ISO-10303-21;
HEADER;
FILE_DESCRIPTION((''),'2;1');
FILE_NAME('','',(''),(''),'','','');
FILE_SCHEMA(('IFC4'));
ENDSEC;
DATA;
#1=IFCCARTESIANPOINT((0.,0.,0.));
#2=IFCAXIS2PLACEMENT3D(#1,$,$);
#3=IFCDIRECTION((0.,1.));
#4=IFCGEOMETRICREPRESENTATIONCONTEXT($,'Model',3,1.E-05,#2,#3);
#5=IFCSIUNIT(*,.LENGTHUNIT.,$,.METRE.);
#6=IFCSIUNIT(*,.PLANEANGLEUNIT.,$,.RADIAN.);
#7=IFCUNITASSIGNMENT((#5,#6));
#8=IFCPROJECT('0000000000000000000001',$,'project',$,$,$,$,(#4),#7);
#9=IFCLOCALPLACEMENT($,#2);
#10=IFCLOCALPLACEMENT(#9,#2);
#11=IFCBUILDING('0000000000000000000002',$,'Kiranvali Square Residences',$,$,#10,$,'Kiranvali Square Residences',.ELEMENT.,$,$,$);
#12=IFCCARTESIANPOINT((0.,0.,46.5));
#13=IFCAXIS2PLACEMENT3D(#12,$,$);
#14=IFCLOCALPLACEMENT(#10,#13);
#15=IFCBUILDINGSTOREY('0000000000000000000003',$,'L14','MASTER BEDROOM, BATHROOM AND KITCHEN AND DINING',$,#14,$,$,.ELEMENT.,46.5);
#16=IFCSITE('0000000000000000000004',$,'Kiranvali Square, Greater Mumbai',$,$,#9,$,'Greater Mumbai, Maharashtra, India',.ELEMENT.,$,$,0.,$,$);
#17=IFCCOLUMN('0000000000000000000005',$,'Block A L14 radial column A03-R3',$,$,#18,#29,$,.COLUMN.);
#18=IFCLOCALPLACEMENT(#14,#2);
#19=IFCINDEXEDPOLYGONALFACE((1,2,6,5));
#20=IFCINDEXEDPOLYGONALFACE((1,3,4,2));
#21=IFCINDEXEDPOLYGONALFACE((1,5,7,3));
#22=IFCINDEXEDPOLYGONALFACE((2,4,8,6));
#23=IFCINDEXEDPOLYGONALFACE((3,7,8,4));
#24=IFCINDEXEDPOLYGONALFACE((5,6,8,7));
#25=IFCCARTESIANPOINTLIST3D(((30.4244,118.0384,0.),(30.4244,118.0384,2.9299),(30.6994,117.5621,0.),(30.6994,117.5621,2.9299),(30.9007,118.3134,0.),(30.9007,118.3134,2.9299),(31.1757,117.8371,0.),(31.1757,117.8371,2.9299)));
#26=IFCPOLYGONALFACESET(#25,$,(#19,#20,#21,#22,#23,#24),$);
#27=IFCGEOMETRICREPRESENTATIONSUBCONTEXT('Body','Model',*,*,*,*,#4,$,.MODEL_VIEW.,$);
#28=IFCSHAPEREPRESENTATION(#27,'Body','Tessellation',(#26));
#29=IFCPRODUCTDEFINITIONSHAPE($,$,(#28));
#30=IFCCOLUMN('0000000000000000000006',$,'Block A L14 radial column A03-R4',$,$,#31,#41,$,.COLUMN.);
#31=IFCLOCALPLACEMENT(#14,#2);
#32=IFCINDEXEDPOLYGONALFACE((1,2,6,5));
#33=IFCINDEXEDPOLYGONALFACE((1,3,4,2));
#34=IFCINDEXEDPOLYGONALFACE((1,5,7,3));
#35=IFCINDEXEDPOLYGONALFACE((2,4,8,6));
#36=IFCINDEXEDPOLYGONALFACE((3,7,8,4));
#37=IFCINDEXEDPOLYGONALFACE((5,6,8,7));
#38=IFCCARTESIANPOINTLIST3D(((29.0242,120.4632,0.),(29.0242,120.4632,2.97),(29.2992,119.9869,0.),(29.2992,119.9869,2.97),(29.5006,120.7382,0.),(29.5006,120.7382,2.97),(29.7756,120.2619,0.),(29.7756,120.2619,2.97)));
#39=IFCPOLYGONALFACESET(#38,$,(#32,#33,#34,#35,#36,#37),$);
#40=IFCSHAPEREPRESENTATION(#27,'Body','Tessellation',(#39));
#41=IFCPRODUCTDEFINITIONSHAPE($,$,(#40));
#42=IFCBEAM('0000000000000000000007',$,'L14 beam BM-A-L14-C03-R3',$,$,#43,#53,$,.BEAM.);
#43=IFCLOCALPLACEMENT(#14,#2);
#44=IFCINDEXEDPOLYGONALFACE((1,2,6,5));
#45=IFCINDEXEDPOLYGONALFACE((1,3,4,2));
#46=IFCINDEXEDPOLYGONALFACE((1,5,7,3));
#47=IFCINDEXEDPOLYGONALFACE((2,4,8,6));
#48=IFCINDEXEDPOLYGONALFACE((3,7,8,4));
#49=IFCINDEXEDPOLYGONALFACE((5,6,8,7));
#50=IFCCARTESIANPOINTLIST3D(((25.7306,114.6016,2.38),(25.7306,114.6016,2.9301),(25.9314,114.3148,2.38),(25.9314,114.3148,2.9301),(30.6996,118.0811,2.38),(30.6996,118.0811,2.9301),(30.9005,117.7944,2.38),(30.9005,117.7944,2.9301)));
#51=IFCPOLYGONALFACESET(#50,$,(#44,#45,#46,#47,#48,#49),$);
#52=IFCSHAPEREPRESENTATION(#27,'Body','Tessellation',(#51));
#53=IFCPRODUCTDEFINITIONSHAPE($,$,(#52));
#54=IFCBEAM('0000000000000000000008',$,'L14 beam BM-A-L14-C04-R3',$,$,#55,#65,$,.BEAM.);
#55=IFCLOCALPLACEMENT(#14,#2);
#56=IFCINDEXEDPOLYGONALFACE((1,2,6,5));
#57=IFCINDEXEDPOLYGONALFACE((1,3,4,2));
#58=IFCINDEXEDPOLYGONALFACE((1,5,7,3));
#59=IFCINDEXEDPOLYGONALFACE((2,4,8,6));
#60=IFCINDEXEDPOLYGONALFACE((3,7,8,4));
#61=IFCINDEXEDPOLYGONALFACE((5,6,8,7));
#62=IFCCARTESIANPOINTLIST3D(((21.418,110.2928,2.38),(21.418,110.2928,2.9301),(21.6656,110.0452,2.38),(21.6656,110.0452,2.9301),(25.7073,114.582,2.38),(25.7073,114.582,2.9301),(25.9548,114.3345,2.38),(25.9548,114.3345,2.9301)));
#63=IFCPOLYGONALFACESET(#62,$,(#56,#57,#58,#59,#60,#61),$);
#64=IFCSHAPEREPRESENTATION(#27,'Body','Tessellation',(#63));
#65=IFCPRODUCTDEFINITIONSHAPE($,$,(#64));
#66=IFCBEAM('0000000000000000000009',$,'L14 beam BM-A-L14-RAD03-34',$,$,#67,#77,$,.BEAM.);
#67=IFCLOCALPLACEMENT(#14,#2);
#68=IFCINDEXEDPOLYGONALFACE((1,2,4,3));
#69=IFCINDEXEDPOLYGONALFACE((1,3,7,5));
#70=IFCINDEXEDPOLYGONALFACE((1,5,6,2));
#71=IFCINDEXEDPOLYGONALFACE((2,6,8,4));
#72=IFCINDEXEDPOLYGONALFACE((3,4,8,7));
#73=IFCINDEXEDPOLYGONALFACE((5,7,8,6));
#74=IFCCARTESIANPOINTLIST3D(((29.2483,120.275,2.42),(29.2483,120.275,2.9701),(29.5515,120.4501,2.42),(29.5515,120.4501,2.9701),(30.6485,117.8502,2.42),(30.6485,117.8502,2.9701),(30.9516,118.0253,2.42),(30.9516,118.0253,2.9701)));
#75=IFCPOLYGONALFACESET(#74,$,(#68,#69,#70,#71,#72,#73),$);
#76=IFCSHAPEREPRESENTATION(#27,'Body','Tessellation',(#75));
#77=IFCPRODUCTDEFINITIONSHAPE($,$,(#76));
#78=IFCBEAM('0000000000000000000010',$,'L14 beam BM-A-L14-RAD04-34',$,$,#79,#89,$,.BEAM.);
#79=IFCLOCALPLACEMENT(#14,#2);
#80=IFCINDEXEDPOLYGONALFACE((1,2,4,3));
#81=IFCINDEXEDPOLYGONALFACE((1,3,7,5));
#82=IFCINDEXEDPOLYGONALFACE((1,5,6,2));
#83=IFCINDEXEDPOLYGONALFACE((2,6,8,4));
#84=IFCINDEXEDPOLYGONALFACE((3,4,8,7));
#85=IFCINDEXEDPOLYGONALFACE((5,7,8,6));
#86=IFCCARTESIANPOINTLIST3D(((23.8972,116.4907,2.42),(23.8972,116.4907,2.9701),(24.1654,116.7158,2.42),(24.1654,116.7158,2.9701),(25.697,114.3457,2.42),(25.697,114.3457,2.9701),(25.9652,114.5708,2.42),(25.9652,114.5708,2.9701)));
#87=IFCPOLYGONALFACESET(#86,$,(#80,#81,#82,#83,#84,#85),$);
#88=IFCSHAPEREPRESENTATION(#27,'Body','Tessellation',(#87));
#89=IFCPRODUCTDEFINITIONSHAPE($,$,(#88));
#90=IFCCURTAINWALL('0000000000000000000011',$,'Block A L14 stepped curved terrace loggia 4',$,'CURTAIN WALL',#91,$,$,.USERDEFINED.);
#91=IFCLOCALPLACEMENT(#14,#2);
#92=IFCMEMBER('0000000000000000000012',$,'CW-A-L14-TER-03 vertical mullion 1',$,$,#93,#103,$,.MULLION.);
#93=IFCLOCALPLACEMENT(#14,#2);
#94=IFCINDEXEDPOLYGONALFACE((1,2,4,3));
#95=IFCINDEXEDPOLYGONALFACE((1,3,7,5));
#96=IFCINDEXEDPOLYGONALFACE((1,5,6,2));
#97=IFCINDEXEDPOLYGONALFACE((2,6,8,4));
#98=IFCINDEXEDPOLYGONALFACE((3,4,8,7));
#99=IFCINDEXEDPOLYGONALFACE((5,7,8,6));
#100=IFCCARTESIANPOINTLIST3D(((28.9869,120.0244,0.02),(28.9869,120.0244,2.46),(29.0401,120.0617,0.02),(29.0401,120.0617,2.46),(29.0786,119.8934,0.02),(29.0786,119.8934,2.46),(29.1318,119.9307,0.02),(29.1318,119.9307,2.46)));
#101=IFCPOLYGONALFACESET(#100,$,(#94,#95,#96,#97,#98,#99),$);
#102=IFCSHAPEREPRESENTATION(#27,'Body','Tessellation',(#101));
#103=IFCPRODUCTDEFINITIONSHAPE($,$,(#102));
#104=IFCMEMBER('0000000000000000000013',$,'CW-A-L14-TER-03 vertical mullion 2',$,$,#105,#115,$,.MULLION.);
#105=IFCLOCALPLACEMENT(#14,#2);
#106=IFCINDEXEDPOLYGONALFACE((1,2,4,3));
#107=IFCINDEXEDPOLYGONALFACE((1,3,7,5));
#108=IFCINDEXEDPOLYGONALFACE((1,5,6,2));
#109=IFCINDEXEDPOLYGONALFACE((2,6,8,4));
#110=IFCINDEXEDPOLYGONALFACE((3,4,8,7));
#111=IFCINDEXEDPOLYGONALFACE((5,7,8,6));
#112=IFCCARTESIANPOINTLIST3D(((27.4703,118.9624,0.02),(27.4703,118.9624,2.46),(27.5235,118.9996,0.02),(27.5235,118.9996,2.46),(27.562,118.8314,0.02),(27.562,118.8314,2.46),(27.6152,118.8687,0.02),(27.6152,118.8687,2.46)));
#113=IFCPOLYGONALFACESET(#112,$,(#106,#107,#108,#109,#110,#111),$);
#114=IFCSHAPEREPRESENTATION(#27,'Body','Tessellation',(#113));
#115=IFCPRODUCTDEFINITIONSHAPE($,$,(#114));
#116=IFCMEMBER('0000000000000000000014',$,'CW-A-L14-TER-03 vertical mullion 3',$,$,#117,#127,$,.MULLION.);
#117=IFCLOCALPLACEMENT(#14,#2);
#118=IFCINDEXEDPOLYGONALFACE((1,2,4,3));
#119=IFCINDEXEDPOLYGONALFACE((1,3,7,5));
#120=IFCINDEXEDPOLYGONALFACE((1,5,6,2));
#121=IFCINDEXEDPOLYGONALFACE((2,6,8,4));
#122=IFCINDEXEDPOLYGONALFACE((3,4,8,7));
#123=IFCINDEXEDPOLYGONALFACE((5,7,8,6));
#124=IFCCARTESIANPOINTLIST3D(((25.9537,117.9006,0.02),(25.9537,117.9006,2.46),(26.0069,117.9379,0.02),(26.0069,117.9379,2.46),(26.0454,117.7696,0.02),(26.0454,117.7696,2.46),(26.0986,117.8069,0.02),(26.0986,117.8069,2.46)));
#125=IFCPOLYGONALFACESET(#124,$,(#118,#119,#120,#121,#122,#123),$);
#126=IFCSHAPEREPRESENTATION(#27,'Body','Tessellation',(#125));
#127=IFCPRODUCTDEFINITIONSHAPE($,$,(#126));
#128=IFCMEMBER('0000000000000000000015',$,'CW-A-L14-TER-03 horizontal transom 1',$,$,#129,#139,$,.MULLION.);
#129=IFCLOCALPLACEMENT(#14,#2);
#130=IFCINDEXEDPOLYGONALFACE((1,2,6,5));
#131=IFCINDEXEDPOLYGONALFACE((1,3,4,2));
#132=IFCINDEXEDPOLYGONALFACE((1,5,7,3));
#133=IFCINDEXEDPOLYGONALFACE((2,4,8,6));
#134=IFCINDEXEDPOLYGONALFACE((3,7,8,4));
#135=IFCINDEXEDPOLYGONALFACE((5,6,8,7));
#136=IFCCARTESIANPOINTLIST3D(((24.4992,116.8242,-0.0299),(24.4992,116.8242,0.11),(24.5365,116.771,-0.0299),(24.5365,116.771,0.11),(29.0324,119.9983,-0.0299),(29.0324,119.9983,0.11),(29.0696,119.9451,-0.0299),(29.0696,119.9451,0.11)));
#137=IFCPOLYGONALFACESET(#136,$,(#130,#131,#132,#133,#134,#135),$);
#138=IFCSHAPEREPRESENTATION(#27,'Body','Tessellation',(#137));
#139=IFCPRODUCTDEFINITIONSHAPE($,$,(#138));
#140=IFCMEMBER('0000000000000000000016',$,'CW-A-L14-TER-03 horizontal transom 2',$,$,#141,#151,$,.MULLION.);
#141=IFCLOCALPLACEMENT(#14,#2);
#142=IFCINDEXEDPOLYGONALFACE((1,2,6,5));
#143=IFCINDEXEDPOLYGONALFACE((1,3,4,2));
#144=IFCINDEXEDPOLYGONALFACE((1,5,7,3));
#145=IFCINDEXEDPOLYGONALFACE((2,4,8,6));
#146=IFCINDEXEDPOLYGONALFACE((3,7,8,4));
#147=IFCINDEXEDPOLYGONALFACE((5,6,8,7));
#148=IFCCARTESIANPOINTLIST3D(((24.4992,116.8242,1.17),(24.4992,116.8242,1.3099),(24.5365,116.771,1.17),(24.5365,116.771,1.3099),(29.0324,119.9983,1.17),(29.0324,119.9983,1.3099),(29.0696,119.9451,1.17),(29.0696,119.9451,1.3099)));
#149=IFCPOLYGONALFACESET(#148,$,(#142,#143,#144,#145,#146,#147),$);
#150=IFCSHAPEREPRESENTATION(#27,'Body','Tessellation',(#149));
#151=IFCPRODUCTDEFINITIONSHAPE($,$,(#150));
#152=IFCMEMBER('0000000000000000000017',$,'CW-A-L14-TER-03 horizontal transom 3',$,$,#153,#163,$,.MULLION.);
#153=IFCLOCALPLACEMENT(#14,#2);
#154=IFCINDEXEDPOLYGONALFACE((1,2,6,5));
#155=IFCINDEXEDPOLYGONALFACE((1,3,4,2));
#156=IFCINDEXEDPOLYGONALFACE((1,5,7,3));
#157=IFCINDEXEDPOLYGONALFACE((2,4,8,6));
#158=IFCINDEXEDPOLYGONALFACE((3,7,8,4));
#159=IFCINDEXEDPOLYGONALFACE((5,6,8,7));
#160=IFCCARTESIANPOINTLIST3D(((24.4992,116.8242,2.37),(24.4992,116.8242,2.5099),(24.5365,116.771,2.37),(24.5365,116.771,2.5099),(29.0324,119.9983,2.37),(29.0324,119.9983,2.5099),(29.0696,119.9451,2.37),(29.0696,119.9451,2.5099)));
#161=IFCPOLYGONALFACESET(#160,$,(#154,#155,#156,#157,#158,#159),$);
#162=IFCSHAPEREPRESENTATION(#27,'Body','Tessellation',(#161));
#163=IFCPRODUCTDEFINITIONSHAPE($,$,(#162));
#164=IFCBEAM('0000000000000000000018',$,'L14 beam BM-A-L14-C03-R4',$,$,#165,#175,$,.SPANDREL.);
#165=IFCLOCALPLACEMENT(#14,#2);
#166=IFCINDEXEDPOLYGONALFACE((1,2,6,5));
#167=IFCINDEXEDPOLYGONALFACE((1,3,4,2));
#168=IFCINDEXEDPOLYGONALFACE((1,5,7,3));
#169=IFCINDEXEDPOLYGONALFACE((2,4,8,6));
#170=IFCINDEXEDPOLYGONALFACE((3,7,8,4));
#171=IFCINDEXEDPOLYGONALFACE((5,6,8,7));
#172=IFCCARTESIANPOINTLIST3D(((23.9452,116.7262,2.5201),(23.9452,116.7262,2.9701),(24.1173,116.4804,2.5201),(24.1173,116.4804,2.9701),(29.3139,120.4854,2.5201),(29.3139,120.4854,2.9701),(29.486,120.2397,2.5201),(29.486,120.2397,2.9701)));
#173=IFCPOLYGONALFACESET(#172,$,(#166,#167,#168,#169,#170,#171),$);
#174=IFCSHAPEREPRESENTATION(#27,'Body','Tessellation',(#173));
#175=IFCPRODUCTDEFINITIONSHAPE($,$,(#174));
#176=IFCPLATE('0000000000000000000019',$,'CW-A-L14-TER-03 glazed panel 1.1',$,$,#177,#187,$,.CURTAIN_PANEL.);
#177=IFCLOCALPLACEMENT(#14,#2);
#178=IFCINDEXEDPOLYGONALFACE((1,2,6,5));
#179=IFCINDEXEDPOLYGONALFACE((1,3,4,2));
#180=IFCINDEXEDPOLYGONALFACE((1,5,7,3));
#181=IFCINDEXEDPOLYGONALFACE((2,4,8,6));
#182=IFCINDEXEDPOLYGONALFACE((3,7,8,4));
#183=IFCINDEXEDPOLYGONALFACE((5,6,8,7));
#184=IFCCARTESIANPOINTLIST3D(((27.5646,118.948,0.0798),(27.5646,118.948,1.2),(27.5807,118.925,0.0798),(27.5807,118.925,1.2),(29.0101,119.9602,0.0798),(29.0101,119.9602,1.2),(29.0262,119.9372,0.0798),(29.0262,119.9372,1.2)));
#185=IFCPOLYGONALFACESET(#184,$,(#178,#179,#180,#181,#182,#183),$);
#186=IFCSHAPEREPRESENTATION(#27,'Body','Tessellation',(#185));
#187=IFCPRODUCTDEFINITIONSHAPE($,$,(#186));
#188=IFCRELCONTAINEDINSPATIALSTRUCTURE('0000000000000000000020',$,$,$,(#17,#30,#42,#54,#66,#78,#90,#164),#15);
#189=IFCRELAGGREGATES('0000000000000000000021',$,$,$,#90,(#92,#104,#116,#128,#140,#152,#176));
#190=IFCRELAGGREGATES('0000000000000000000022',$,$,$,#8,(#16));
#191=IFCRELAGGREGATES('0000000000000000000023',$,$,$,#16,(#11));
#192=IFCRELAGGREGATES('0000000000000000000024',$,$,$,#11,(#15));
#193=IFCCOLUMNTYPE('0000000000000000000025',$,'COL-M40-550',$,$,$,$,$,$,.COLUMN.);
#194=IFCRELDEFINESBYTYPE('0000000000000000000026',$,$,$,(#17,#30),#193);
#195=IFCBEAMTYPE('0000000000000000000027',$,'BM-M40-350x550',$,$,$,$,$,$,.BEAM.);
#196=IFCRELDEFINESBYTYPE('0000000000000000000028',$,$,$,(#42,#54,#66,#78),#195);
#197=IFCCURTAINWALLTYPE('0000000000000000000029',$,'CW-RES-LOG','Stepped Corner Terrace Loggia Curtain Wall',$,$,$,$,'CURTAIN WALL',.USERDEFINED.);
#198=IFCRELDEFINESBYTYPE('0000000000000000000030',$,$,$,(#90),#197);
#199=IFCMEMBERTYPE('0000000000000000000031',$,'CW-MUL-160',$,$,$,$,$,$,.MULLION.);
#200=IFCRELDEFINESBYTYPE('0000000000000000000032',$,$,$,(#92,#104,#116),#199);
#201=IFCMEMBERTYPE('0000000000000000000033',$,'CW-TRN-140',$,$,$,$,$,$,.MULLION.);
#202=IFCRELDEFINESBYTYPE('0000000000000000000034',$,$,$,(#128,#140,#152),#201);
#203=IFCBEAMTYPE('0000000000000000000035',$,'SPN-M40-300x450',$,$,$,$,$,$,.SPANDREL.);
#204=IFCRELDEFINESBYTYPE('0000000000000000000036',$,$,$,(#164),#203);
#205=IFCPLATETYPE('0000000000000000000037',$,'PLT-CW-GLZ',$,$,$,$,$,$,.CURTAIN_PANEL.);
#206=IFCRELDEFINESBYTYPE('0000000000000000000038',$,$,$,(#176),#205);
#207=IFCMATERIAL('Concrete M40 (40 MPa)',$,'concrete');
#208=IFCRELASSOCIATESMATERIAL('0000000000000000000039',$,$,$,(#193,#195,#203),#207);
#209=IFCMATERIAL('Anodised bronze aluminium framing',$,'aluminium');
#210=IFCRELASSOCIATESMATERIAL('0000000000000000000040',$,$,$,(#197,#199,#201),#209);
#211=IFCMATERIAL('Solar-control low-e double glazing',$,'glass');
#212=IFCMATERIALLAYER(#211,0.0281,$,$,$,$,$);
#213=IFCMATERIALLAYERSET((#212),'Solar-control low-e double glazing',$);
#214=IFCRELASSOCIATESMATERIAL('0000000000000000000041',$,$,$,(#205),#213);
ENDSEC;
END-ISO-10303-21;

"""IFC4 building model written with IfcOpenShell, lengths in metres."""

from ifc_helpers import new_model, si_unit, direction, frame, origin, origin_2d, place, context, subcontext, project, spatial, rectangle, extrude, material, layer, layer_set, material_profile, profile_set, type_object, element, aggregate, save


model = new_model("IFC4")

# Units and contexts
model_context = context("Model", 3, precision=1e-05, world=origin(), true_north=direction((0.0, 1.0)))
body_context = subcontext(model_context, "Body", "Model", "MODEL_VIEW")
ifc_project = project(units=[si_unit("LENGTHUNIT", "METRE"), si_unit("PLANEANGLEUNIT", "RADIAN")], contexts=[model_context])

# Site, building, storey
site_placement = place(None, origin())
site = spatial("IfcSite", under=ifc_project, at=site_placement, Name="Kiranvali Square, Greater Mumbai", LongName="Greater Mumbai, Maharashtra, India", CompositionType="ELEMENT", RefElevation=0.0)
building_placement = place(site_placement, origin())
building = spatial("IfcBuilding", under=site, at=building_placement, Name="Kiranvali Square Residences", LongName="Kiranvali Square Residences", CompositionType="ELEMENT")
storey_placement = place(building_placement, frame((0.0, 0.0, 46.5)))
storey = spatial("IfcBuildingStorey", under=building, at=storey_placement, Name="L14", Description="MASTER BEDROOM, BATHROOM AND KITCHEN AND DINING", CompositionType="ELEMENT", Elevation=46.5)

# Columns
ifc_material_1 = material(Name="Concrete M40 (40 MPa)", Category="concrete")
ifc_material_profile_1 = material_profile(ifc_material_1, rectangle(XDim=0.55, YDim=0.55, at=origin_2d()), Name="RC 550x550")
ifc_profile_set_1 = profile_set([ifc_material_profile_1], Name="Concrete M40 (40 MPa)")
column_type = type_object("IfcColumnType", Name="COL-M40-550", PredefinedType="COLUMN", material=ifc_profile_set_1)
column_1_placement = place(storey_placement, frame((30.8, 117.9377, 0.0), z_axis=(0.0, 0.0, 1.0), x_axis=(0.866025, 0.5, 0.0)))
element("IfcColumn", 1, at=column_1_placement, inside=storey, type_object=column_type, Name="Block A L14 radial column A03-R3", PredefinedType="COLUMN", context=body_context, shape_type="SweptSolid", body=[
    extrude(rectangle(XDim=0.55, YDim=0.55, at=origin_2d()), origin(), (0.0, 0.0, 1.0), 2.9299),
])
column_2_placement = place(storey_placement, frame((29.3999, 120.3625, 0.0), z_axis=(0.0, 0.0, 1.0), x_axis=(0.866025, 0.5, 0.0)))
element("IfcColumn", 2, at=column_2_placement, inside=storey, type_object=column_type, Name="Block A L14 radial column A03-R4", PredefinedType="COLUMN", context=body_context, shape_type="SweptSolid", body=[
    extrude(rectangle(XDim=0.55, YDim=0.55, at=origin_2d()), origin(), (0.0, 0.0, 1.0), 2.97),
])

# Beams
ifc_material_profile_2 = material_profile(ifc_material_1, rectangle(XDim=0.3501, YDim=0.55, at=origin_2d()), Name="RC 350x550")
ifc_profile_set_2 = profile_set([ifc_material_profile_2], Name="Concrete M40 (40 MPa)")
beam_type_1 = type_object("IfcBeamType", Name="BM-M40-350x550", PredefinedType="BEAM", material=ifc_profile_set_2)
beam_1_placement = place(storey_placement, frame((30.8, 117.9377, 2.655), z_axis=(-0.819139, -0.573595, 0.0), x_axis=(0.573595, -0.819139, 0.0)))
element("IfcBeam", 3, at=beam_1_placement, inside=storey, type_object=beam_type_1, Name="L14 beam BM-A-L14-C03-R3", PredefinedType="BEAM", context=body_context, shape_type="SweptSolid", body=[
    extrude(rectangle(XDim=0.3501, YDim=0.55, at=origin_2d()), origin(), (0.0, 0.0, 1.0), 6.0662),
])
beam_2_placement = place(storey_placement, frame((25.8311, 114.4583, 2.655), z_axis=(-0.707107, -0.707107, 0.0), x_axis=(0.707107, -0.707107, 0.0)))
element("IfcBeam", 4, at=beam_2_placement, inside=storey, type_object=beam_type_1, Name="L14 beam BM-A-L14-C04-R3", PredefinedType="BEAM", context=body_context, shape_type="SweptSolid", body=[
    extrude(rectangle(XDim=0.3501, YDim=0.55, at=origin_2d()), origin(), (0.0, 0.0, 1.0), 6.0659),
])
for number, where, z_axis, x_axis, name in (
    (5, (30.8, 117.9377, 2.6951), (-0.50005, 0.865997, 0.0), (-0.865997, -0.50005, 0.0), "L14 beam BM-A-L14-RAD03-34"),
    (6, (25.8311, 114.4583, 2.6951), (-0.642771, 0.766059, 0.0), (-0.766059, -0.642771, 0.0), "L14 beam BM-A-L14-RAD04-34"),
):
    element("IfcBeam", number, at=place(storey_placement, frame(where, z_axis=z_axis, x_axis=x_axis)), inside=storey, type_object=beam_type_1, Name=name, PredefinedType="BEAM", context=body_context, shape_type="SweptSolid", body=[
        extrude(rectangle(XDim=0.3501, YDim=0.55, at=origin_2d()), origin(), (0.0, 0.0, 1.0), 2.8),
    ])

# Curtain wall, members
ifc_material_2 = material(Name="Anodised bronze aluminium framing", Category="aluminium")
curtain_wall_type = type_object("IfcCurtainWallType", Name="CW-RES-LOG", Description="Stepped Corner Terrace Loggia Curtain Wall", ElementType="CURTAIN WALL", PredefinedType="USERDEFINED", material=ifc_material_2)
curtain_wall_placement = place(storey_placement, origin())
curtain_wall = element("IfcCurtainWall", 7, at=curtain_wall_placement, inside=storey, type_object=curtain_wall_type, Name="Block A L14 stepped curved terrace loggia 4", ObjectType="CURTAIN WALL", PredefinedType="USERDEFINED")
ifc_material_profile_3 = material_profile(ifc_material_2, rectangle(XDim=0.0649, YDim=0.1599, at=origin_2d()), Name="ALU 65x160")
ifc_profile_set_3 = profile_set([ifc_material_profile_3], Name="Anodised bronze aluminium framing")
member_type_1 = type_object("IfcMemberType", Name="CW-MUL-160", PredefinedType="MULLION", material=ifc_profile_set_3)
member_1_placement = place(storey_placement, frame((29.0593, 119.9775, 0.02), z_axis=(0.0, 0.0, 1.0), x_axis=(-0.819152, -0.573576, 0.0)))
member_1 = element("IfcMember", 8, at=member_1_placement, type_object=member_type_1, Name="CW-A-L14-TER-03 vertical mullion 1", PredefinedType="MULLION", context=body_context, shape_type="SweptSolid", body=[
    extrude(rectangle(XDim=0.0649, YDim=0.1599, at=origin_2d()), origin(), (0.0, 0.0, 1.0), 2.4399),
])
member_2_placement = place(storey_placement, frame((27.5427, 118.9155, 0.02), z_axis=(0.0, 0.0, 1.0), x_axis=(-0.819152, -0.573576, 0.0)))
member_2 = element("IfcMember", 9, at=member_2_placement, type_object=member_type_1, Name="CW-A-L14-TER-03 vertical mullion 2", PredefinedType="MULLION", context=body_context, shape_type="SweptSolid", body=[
    extrude(rectangle(XDim=0.0649, YDim=0.1599, at=origin_2d()), origin(), (0.0, 0.0, 1.0), 2.4399),
])
member_3_placement = place(storey_placement, frame((26.0261, 117.8538, 0.02), z_axis=(0.0, 0.0, 1.0), x_axis=(-0.819152, -0.573576, 0.0)))
member_3 = element("IfcMember", 10, at=member_3_placement, type_object=member_type_1, Name="CW-A-L14-TER-03 vertical mullion 3", PredefinedType="MULLION", context=body_context, shape_type="SweptSolid", body=[
    extrude(rectangle(XDim=0.0649, YDim=0.1599, at=origin_2d()), origin(), (0.0, 0.0, 1.0), 2.4399),
])
ifc_material_profile_4 = material_profile(ifc_material_2, rectangle(XDim=0.0649, YDim=0.1399, at=origin_2d()), Name="ALU 65x140")
ifc_profile_set_4 = profile_set([ifc_material_profile_4], Name="Anodised bronze aluminium framing")
member_type_2 = type_object("IfcMemberType", Name="CW-TRN-140", PredefinedType="MULLION", material=ifc_profile_set_4)
member_4_placement = place(storey_placement, frame((29.051, 119.9717, 0.04), z_axis=(-0.819161, -0.573563, 0.0), x_axis=(0.573563, -0.819161, 0.0)))
member_4 = element("IfcMember", 11, at=member_4_placement, type_object=member_type_2, Name="CW-A-L14-TER-03 horizontal transom 1", PredefinedType="MULLION", context=body_context, shape_type="SweptSolid", body=[
    extrude(rectangle(XDim=0.0649, YDim=0.1399, at=origin_2d()), origin(), (0.0, 0.0, 1.0), 5.5339),
])
member_5_placement = place(storey_placement, frame((29.051, 119.9717, 1.24), z_axis=(-0.819161, -0.573563, 0.0), x_axis=(0.573563, -0.819161, 0.0)))
member_5 = element("IfcMember", 12, at=member_5_placement, type_object=member_type_2, Name="CW-A-L14-TER-03 horizontal transom 2", PredefinedType="MULLION", context=body_context, shape_type="SweptSolid", body=[
    extrude(rectangle(XDim=0.0649, YDim=0.1399, at=origin_2d()), origin(), (0.0, 0.0, 1.0), 5.5339),
])
member_6_placement = place(storey_placement, frame((29.051, 119.9717, 2.4399), z_axis=(-0.819161, -0.573563, 0.0), x_axis=(0.573563, -0.819161, 0.0)))
member_6 = element("IfcMember", 13, at=member_6_placement, type_object=member_type_2, Name="CW-A-L14-TER-03 horizontal transom 3", PredefinedType="MULLION", context=body_context, shape_type="SweptSolid", body=[
    extrude(rectangle(XDim=0.0649, YDim=0.1399, at=origin_2d()), origin(), (0.0, 0.0, 1.0), 5.5339),
])

# Beam
ifc_material_profile_5 = material_profile(ifc_material_1, rectangle(XDim=0.3, YDim=0.45, at=origin_2d()), Name="RC 300x450")
ifc_profile_set_5 = profile_set([ifc_material_profile_5], Name="Concrete M40 (40 MPa)")
beam_type_2 = type_object("IfcBeamType", Name="SPN-M40-300x450", PredefinedType="SPANDREL", material=ifc_profile_set_5)
beam_3_placement = place(storey_placement, frame((29.3999, 120.3625, 2.7451), z_axis=(-0.819144, -0.573587, 0.0), x_axis=(0.573587, -0.819144, 0.0)))
element("IfcBeam", 14, at=beam_3_placement, inside=storey, type_object=beam_type_2, Name="L14 beam BM-A-L14-C03-R4", PredefinedType="SPANDREL", context=body_context, shape_type="SweptSolid", body=[
    extrude(rectangle(XDim=0.3, YDim=0.45, at=origin_2d()), origin(), (0.0, 0.0, 1.0), 6.554),
])

# Plate
ifc_material_3 = material(Name="Solar-control low-e double glazing", Category="glass")
ifc_layer_1 = layer(ifc_material_3, 0.0281)
ifc_layer_set_1 = layer_set([ifc_layer_1], Name="Solar-control low-e double glazing")
plate_type = type_object("IfcPlateType", Name="PLT-CW-GLZ", PredefinedType="CURTAIN_PANEL", material=ifc_layer_set_1)
plate_1_placement = place(storey_placement, frame((28.2954, 119.4426, 0.0798), z_axis=(0.0, 0.0, 1.0), x_axis=(-0.819152, -0.573576, 0.0)))
plate_1 = element("IfcPlate", 15, at=plate_1_placement, type_object=plate_type, Name="CW-A-L14-TER-03 glazed panel 1.1", PredefinedType="CURTAIN_PANEL", context=body_context, shape_type="SweptSolid", body=[
    extrude(rectangle(XDim=1.7646, YDim=0.0281, at=origin_2d()), origin(), (0.0, 0.0, 1.0), 1.1201),
])
aggregate(curtain_wall, [member_1, member_2, member_3, member_4, member_5, member_6, plate_1])

save(model, "model.ifc")
